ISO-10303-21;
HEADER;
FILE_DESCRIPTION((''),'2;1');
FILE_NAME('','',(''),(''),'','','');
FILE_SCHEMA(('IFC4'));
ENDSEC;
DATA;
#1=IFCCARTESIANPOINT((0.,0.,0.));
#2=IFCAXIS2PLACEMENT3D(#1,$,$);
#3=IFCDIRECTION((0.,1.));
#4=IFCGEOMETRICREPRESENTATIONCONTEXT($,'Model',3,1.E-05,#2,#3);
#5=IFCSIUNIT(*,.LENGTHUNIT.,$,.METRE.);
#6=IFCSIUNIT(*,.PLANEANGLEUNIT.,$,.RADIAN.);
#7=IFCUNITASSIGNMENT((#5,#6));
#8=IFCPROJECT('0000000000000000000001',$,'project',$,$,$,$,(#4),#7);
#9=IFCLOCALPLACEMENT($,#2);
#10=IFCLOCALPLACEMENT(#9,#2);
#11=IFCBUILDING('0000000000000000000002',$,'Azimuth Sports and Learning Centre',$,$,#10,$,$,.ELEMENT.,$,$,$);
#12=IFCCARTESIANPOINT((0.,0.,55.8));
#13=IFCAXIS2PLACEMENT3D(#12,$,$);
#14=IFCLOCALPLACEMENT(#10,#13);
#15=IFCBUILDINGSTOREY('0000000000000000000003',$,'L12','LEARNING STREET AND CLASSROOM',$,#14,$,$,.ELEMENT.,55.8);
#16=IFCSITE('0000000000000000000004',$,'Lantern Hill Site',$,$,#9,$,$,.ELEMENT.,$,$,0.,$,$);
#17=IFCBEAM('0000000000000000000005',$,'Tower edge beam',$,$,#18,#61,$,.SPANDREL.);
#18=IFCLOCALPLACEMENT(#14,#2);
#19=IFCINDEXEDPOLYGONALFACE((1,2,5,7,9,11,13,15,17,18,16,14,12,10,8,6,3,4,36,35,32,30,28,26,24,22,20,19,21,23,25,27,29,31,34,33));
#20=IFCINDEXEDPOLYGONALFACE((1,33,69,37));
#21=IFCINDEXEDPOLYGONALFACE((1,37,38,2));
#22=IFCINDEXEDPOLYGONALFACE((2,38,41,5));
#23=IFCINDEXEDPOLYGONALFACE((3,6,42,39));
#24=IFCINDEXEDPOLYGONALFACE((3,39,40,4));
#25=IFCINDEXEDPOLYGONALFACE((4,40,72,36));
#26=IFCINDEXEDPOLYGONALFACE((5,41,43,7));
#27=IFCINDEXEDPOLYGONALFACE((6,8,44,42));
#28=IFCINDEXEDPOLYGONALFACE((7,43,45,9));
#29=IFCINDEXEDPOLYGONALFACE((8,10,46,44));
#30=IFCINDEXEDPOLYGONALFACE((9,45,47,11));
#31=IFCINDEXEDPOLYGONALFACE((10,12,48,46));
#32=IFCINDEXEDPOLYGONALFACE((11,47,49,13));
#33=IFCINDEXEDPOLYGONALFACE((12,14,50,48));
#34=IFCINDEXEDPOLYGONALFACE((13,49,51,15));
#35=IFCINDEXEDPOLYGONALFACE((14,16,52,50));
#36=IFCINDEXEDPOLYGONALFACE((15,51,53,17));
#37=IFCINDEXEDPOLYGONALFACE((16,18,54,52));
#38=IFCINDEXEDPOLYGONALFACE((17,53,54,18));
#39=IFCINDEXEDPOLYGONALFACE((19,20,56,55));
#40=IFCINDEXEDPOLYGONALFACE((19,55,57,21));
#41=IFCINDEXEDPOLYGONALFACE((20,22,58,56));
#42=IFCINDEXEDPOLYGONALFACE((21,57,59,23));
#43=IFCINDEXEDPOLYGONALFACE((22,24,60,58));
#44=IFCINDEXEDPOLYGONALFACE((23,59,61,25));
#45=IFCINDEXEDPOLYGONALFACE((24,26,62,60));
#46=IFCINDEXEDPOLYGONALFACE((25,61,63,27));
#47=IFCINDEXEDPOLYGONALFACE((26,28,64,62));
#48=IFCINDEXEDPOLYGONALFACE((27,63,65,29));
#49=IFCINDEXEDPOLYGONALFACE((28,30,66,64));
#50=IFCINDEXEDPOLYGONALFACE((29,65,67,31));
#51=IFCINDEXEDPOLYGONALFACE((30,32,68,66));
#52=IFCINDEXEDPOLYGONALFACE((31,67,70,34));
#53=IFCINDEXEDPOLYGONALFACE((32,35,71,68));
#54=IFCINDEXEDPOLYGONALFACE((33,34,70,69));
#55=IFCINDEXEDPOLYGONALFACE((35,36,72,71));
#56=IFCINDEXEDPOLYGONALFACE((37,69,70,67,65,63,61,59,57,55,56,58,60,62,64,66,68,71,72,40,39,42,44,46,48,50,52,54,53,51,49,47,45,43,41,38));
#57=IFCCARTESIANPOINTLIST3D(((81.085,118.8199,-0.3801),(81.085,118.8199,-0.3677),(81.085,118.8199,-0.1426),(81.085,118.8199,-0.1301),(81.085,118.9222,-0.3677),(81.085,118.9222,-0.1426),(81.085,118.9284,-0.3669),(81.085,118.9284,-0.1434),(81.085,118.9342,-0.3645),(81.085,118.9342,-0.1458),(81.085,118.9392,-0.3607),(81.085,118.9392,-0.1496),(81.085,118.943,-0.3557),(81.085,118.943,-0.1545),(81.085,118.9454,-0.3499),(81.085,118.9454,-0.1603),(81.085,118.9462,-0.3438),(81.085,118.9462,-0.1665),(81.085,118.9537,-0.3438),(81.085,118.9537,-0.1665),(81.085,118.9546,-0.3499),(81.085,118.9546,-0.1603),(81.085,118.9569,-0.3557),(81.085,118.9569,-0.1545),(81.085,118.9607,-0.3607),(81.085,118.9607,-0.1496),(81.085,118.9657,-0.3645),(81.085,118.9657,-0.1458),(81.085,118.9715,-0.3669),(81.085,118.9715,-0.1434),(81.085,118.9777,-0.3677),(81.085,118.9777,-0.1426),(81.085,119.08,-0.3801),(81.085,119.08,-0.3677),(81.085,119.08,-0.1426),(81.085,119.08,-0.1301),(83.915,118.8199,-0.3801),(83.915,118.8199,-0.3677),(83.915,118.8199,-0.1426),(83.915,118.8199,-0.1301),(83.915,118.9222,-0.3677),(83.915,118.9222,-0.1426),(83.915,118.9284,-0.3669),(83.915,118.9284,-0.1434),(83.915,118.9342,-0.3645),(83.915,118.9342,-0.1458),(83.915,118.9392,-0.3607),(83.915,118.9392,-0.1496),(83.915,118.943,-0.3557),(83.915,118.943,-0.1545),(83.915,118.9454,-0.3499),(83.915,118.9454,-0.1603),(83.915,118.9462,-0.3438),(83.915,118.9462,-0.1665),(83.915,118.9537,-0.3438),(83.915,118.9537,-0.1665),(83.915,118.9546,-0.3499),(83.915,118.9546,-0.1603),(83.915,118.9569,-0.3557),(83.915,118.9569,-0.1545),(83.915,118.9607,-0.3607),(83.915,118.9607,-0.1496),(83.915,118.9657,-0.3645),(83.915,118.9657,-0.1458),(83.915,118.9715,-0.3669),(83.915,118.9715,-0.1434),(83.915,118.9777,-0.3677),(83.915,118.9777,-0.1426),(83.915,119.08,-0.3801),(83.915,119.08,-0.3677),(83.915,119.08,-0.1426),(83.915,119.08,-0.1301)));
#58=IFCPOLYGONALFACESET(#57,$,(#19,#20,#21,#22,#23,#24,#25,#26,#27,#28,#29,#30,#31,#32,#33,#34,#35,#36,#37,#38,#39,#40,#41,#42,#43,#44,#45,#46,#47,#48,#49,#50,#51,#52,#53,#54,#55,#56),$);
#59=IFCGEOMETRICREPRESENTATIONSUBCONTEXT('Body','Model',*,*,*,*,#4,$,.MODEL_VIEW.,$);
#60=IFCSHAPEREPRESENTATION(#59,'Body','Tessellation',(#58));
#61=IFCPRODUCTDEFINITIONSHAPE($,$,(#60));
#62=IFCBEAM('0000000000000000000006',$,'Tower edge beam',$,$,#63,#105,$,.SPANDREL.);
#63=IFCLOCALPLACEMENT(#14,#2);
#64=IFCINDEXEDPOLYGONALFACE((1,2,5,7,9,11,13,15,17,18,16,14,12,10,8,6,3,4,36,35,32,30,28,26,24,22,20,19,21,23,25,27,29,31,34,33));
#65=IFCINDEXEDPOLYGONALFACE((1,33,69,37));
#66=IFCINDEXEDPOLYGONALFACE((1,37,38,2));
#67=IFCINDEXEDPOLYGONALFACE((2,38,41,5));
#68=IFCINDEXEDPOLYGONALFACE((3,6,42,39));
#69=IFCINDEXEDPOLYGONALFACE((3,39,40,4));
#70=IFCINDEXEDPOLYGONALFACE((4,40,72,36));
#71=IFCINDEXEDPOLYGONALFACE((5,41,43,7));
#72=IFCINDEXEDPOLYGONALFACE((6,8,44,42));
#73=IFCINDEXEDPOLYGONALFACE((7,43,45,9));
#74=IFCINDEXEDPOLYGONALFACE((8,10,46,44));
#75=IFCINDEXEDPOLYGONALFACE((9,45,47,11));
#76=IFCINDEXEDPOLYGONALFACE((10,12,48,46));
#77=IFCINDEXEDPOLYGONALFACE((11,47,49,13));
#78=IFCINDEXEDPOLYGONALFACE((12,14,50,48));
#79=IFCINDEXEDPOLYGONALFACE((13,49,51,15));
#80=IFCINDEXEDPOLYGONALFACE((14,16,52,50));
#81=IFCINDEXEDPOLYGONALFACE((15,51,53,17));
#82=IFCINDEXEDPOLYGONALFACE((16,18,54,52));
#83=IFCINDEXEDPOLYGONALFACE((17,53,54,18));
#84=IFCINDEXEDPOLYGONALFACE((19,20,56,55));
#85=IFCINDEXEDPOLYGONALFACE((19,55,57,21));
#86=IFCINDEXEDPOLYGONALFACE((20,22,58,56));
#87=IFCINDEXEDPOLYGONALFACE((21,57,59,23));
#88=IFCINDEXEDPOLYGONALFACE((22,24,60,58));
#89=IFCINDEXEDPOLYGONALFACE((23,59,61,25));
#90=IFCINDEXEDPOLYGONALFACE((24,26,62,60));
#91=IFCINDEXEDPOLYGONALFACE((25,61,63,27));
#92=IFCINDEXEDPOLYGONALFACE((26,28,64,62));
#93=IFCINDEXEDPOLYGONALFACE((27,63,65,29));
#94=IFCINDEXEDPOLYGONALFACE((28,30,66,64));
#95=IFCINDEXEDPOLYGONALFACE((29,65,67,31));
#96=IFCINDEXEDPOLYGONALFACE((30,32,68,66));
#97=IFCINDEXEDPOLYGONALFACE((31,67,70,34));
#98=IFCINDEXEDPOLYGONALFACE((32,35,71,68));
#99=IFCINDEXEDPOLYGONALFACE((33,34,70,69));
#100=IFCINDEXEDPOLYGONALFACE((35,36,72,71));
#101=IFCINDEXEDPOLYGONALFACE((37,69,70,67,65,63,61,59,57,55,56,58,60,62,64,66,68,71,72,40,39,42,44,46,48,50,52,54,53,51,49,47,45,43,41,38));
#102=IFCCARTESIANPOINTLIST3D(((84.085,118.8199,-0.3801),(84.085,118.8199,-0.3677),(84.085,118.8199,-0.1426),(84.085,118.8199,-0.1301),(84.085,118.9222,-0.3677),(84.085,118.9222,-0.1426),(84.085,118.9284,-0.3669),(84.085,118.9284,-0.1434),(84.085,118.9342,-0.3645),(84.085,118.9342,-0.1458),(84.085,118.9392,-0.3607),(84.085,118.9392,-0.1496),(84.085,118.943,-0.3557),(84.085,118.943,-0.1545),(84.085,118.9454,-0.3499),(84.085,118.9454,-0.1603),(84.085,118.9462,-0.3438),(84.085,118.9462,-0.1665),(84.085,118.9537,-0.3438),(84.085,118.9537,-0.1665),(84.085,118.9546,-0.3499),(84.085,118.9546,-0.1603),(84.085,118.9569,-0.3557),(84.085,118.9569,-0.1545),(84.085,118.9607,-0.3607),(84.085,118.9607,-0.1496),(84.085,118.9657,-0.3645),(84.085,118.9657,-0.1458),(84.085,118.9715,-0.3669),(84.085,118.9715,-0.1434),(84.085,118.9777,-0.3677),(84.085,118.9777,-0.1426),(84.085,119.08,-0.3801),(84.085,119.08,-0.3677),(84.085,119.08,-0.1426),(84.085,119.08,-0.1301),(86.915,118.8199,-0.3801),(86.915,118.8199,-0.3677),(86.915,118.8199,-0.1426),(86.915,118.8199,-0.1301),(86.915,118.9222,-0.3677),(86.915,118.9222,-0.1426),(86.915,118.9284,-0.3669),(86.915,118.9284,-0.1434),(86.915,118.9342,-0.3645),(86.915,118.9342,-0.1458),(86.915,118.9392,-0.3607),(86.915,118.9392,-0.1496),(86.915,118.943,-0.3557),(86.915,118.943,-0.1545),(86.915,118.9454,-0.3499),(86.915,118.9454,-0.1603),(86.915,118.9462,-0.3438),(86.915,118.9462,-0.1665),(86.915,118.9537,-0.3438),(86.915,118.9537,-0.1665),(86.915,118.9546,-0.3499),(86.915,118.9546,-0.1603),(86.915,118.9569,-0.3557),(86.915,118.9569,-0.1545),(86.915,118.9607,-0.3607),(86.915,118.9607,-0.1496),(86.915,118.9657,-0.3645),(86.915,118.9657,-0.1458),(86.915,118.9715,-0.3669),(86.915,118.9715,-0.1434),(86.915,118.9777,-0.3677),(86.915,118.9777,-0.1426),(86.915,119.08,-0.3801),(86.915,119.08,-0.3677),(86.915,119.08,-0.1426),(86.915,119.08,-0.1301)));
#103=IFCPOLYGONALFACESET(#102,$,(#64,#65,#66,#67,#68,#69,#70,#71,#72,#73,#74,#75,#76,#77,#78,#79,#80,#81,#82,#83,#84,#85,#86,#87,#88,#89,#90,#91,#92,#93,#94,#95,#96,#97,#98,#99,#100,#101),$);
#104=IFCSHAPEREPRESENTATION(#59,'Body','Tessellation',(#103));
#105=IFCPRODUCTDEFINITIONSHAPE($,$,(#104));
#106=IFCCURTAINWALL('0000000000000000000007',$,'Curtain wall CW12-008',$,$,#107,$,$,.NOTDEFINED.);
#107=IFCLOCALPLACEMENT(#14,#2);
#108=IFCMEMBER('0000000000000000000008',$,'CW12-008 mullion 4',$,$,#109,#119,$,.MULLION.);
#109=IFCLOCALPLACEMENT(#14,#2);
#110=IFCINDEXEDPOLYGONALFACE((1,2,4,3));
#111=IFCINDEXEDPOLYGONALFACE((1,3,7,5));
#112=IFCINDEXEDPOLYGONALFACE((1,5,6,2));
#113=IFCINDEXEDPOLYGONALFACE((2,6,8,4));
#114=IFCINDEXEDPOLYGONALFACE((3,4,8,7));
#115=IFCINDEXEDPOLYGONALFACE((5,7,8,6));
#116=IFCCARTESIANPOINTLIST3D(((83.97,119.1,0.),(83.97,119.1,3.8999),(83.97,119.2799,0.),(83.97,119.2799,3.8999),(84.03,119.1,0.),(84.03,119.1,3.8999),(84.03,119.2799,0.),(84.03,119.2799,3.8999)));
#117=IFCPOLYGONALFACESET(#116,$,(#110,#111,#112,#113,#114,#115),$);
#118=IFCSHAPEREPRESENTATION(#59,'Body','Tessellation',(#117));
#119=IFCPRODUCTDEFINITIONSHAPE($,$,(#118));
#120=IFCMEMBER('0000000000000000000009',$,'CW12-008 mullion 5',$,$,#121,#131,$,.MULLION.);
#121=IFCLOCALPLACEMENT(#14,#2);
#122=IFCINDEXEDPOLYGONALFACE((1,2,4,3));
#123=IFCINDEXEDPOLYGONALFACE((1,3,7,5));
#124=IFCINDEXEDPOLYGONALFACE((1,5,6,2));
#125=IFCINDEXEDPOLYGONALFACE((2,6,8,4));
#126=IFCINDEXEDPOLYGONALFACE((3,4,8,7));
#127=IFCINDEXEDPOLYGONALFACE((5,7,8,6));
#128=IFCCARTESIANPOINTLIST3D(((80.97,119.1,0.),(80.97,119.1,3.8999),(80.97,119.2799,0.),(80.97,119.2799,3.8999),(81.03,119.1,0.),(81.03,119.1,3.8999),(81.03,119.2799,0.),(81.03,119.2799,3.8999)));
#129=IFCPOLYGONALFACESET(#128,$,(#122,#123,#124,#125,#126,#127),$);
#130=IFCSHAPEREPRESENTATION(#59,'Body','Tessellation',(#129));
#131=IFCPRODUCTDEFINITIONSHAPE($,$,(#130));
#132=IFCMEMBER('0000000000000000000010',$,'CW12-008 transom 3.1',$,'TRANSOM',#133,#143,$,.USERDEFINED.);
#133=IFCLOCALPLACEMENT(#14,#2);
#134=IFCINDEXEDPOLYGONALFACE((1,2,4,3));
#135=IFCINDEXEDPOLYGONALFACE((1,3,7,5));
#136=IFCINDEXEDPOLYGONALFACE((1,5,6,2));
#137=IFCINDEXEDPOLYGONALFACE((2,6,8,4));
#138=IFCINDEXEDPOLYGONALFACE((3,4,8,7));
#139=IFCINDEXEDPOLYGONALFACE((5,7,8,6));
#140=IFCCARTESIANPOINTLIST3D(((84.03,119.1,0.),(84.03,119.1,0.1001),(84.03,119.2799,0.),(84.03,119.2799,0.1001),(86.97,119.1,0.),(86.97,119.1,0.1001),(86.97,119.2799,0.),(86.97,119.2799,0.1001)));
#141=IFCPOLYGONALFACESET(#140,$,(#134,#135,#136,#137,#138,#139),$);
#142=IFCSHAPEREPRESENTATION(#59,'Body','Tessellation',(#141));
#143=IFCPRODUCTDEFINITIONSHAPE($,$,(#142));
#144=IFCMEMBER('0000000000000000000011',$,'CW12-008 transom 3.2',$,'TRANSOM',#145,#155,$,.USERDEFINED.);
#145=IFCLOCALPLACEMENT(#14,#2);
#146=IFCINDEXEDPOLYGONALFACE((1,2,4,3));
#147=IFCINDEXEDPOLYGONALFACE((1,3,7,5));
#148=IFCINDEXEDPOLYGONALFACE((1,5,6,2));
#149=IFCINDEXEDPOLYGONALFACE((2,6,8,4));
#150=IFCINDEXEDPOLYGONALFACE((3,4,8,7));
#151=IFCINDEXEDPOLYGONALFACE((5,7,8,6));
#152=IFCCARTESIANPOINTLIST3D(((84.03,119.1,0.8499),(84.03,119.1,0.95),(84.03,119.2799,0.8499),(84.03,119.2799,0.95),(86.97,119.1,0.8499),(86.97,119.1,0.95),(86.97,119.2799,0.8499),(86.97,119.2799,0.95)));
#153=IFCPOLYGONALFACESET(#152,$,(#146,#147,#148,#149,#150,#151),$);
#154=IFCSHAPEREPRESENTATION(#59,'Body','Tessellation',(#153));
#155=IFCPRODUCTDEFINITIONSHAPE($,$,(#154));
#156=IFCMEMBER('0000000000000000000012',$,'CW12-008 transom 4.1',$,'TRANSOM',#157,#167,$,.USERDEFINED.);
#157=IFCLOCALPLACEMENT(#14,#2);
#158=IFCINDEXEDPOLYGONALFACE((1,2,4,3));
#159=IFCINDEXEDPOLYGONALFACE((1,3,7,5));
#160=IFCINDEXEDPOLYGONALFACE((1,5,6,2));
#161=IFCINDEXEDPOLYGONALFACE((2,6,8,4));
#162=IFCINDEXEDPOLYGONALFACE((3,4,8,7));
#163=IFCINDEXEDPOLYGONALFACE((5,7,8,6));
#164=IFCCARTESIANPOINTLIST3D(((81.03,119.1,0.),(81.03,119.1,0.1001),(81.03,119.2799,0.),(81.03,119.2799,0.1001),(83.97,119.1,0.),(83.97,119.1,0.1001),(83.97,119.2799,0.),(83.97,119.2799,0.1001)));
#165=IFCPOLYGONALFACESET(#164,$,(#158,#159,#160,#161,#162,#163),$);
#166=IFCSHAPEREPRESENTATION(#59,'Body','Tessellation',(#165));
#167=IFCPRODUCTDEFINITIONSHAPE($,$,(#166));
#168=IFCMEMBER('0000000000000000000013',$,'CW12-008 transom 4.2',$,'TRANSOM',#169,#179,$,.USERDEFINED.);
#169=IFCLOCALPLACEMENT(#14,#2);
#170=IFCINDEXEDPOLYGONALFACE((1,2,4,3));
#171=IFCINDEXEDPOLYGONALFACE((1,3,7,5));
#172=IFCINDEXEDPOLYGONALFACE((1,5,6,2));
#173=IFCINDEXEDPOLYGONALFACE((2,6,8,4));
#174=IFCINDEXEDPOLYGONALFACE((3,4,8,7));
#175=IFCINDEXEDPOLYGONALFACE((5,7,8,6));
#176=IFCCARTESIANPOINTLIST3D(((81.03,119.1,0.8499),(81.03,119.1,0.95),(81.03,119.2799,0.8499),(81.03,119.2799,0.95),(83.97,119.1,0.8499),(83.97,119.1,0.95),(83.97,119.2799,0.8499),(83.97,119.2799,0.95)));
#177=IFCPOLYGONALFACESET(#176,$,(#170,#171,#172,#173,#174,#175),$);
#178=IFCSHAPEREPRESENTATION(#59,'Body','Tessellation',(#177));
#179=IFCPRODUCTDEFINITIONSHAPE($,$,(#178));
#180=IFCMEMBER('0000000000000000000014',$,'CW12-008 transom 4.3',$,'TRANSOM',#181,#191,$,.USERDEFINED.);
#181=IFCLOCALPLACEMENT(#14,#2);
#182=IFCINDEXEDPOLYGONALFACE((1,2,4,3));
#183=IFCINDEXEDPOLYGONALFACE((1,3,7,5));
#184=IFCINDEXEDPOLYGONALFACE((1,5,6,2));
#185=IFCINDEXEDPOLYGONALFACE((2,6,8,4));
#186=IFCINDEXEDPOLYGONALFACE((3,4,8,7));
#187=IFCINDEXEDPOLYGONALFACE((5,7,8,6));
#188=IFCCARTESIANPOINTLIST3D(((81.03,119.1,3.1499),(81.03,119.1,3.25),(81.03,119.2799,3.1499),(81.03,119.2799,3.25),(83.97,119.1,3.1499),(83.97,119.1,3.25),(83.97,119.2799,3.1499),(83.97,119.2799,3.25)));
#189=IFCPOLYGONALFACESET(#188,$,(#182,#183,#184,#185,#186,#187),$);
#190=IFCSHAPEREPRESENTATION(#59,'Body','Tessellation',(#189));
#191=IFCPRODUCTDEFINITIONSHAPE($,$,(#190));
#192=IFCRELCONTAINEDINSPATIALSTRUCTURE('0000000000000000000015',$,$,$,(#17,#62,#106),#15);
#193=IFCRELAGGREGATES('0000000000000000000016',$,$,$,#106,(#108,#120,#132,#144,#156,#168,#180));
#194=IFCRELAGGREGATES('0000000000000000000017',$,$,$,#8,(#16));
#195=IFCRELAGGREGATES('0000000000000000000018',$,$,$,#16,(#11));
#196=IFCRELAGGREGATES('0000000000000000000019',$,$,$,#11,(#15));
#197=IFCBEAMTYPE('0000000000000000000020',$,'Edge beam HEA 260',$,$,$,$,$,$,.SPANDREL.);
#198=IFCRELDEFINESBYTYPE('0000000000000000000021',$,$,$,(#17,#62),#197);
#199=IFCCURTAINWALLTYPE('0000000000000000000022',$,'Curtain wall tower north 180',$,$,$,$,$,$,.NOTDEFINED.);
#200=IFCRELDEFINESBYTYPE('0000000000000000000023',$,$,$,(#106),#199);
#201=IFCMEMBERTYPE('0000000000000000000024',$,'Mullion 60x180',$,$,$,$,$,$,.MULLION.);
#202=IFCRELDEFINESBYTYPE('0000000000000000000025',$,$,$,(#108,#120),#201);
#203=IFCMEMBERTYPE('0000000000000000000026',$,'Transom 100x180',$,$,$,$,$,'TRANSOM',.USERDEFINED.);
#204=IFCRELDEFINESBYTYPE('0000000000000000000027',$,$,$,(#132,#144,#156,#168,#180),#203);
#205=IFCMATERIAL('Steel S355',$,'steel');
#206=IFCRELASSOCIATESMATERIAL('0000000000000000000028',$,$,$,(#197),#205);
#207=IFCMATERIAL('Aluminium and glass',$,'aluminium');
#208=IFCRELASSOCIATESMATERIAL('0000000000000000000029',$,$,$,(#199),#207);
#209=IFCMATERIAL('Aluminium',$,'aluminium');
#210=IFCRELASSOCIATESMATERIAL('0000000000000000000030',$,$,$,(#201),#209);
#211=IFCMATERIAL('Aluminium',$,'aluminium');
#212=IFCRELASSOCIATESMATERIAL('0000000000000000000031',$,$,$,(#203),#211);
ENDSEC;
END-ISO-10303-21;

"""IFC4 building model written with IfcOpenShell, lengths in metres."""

from ifc_helpers import new_model, si_unit, direction, frame, origin, origin_2d, place, context, subcontext, project, spatial, rectangle, i_section, extrude, material, material_profile, profile_set, type_object, element, aggregate, save


model = new_model("IFC4")

# Units and contexts
model_context = context("Model", 3, precision=1e-05, world=origin(), true_north=direction((0.0, 1.0)))
body_context = subcontext(model_context, "Body", "Model", "MODEL_VIEW")
ifc_project = project(units=[si_unit("LENGTHUNIT", "METRE"), si_unit("PLANEANGLEUNIT", "RADIAN")], contexts=[model_context])

# Site, building, storey
site_placement = place(None, origin())
site = spatial("IfcSite", under=ifc_project, at=site_placement, Name="Lantern Hill Site", CompositionType="ELEMENT", RefElevation=0.0)
building_placement = place(site_placement, origin())
building = spatial("IfcBuilding", under=site, at=building_placement, Name="Azimuth Sports and Learning Centre", CompositionType="ELEMENT")
storey_placement = place(building_placement, frame((0.0, 0.0, 55.8)))
storey = spatial("IfcBuildingStorey", under=building, at=storey_placement, Name="L12", Description="LEARNING STREET AND CLASSROOM", CompositionType="ELEMENT", Elevation=55.8)

# Beams
ifc_material_1 = material(Name="Steel S355", Category="steel")
ifc_material_profile_1 = material_profile(ifc_material_1, i_section(OverallWidth=0.26, OverallDepth=0.25, WebThickness=0.0076, FlangeThickness=0.0125, FilletRadius=0.0239, at=origin_2d()), Name="HEA 260")
ifc_profile_set_1 = profile_set([ifc_material_profile_1], Name="Steel S355")
beam_type = type_object("IfcBeamType", Name="Edge beam HEA 260", PredefinedType="SPANDREL", material=ifc_profile_set_1)
for number, where, z_axis, x_axis, name in (
    (1, (81.085, 118.95, -0.2551), (1.0, 0.0, 0.0), (0.0, 1.0, 0.0), "Tower edge beam"),
    (2, (84.085, 118.95, -0.2551), (1.0, 0.0, 0.0), (0.0, 1.0, 0.0), "Tower edge beam"),
):
    element("IfcBeam", number, at=place(storey_placement, frame(where, z_axis=z_axis, x_axis=x_axis)), inside=storey, type_object=beam_type, Name=name, PredefinedType="SPANDREL", context=body_context, shape_type="SweptSolid", body=[
        extrude(i_section(OverallWidth=0.26, OverallDepth=0.25, WebThickness=0.0076, FlangeThickness=0.0125, FilletRadius=0.0239, at=origin_2d()), origin(), (0.0, 0.0, 1.0), 2.8301),
    ])

# Curtain wall, members
ifc_material_2 = material(Name="Aluminium and glass", Category="aluminium")
curtain_wall_type = type_object("IfcCurtainWallType", Name="Curtain wall tower north 180", PredefinedType="NOTDEFINED", material=ifc_material_2)
curtain_wall_placement = place(storey_placement, origin())
curtain_wall = element("IfcCurtainWall", 3, at=curtain_wall_placement, inside=storey, type_object=curtain_wall_type, Name="Curtain wall CW12-008", PredefinedType="NOTDEFINED")
ifc_material_3 = material(Name="Aluminium", Category="aluminium")
ifc_material_profile_2 = material_profile(ifc_material_3, rectangle(XDim=0.1799, YDim=0.0601, at=origin_2d()), Name="Mullion 60x180")
ifc_profile_set_2 = profile_set([ifc_material_profile_2], Name="Aluminium")
member_type_1 = type_object("IfcMemberType", Name="Mullion 60x180", PredefinedType="MULLION", material=ifc_profile_set_2)
member_1_placement = place(storey_placement, frame((84.0, 119.1899, 0.0), z_axis=(0.0, 0.0, 1.0), x_axis=(0.0, -1.0, 0.0)))
member_1 = element("IfcMember", 4, at=member_1_placement, type_object=member_type_1, Name="CW12-008 mullion 4", PredefinedType="MULLION", context=body_context, shape_type="SweptSolid", body=[
    extrude(rectangle(XDim=0.1799, YDim=0.0601, at=origin_2d()), origin(), (0.0, 0.0, 1.0), 3.8999),
])
member_2_placement = place(storey_placement, frame((81.0, 119.1899, 0.0), z_axis=(0.0, 0.0, 1.0), x_axis=(0.0, -1.0, 0.0)))
member_2 = element("IfcMember", 5, at=member_2_placement, type_object=member_type_1, Name="CW12-008 mullion 5", PredefinedType="MULLION", context=body_context, shape_type="SweptSolid", body=[
    extrude(rectangle(XDim=0.1799, YDim=0.0601, at=origin_2d()), origin(), (0.0, 0.0, 1.0), 3.8999),
])
ifc_material_4 = material(Name="Aluminium", Category="aluminium")
ifc_material_profile_3 = material_profile(ifc_material_4, rectangle(XDim=0.1799, YDim=0.1001, at=origin_2d()), Name="Transom 100x180")
ifc_profile_set_3 = profile_set([ifc_material_profile_3], Name="Aluminium")
member_type_2 = type_object("IfcMemberType", Name="Transom 100x180", ElementType="TRANSOM", PredefinedType="USERDEFINED", material=ifc_profile_set_3)
member_3_placement = place(storey_placement, frame((86.97, 119.1899, 0.05), z_axis=(-1.0, 0.0, 0.0), x_axis=(0.0, -1.0, 0.0)))
member_3 = element("IfcMember", 6, at=member_3_placement, type_object=member_type_2, Name="CW12-008 transom 3.1", ObjectType="TRANSOM", PredefinedType="USERDEFINED", context=body_context, shape_type="SweptSolid", body=[
    extrude(rectangle(XDim=0.1799, YDim=0.1001, at=origin_2d()), origin(), (0.0, 0.0, 1.0), 2.9399),
])
member_4_placement = place(storey_placement, frame((86.97, 119.1899, 0.8999), z_axis=(-1.0, 0.0, 0.0), x_axis=(0.0, -1.0, 0.0)))
member_4 = element("IfcMember", 7, at=member_4_placement, type_object=member_type_2, Name="CW12-008 transom 3.2", ObjectType="TRANSOM", PredefinedType="USERDEFINED", context=body_context, shape_type="SweptSolid", body=[
    extrude(rectangle(XDim=0.1799, YDim=0.1001, at=origin_2d()), origin(), (0.0, 0.0, 1.0), 2.9399),
])
member_5_placement = place(storey_placement, frame((83.97, 119.1899, 0.05), z_axis=(-1.0, 0.0, 0.0), x_axis=(0.0, -1.0, 0.0)))
member_5 = element("IfcMember", 8, at=member_5_placement, type_object=member_type_2, Name="CW12-008 transom 4.1", ObjectType="TRANSOM", PredefinedType="USERDEFINED", context=body_context, shape_type="SweptSolid", body=[
    extrude(rectangle(XDim=0.1799, YDim=0.1001, at=origin_2d()), origin(), (0.0, 0.0, 1.0), 2.9399),
])
member_6_placement = place(storey_placement, frame((83.97, 119.1899, 0.8999), z_axis=(-1.0, 0.0, 0.0), x_axis=(0.0, -1.0, 0.0)))
member_6 = element("IfcMember", 9, at=member_6_placement, type_object=member_type_2, Name="CW12-008 transom 4.2", ObjectType="TRANSOM", PredefinedType="USERDEFINED", context=body_context, shape_type="SweptSolid", body=[
    extrude(rectangle(XDim=0.1799, YDim=0.1001, at=origin_2d()), origin(), (0.0, 0.0, 1.0), 2.9399),
])
member_7_placement = place(storey_placement, frame((83.97, 119.1899, 3.2), z_axis=(-1.0, 0.0, 0.0), x_axis=(0.0, -1.0, 0.0)))
member_7 = element("IfcMember", 10, at=member_7_placement, type_object=member_type_2, Name="CW12-008 transom 4.3", ObjectType="TRANSOM", PredefinedType="USERDEFINED", context=body_context, shape_type="SweptSolid", body=[
    extrude(rectangle(XDim=0.1799, YDim=0.1001, at=origin_2d()), origin(), (0.0, 0.0, 1.0), 2.9399),
])
aggregate(curtain_wall, [member_1, member_2, member_3, member_4, member_5, member_6, member_7])

save(model, "model.ifc")
